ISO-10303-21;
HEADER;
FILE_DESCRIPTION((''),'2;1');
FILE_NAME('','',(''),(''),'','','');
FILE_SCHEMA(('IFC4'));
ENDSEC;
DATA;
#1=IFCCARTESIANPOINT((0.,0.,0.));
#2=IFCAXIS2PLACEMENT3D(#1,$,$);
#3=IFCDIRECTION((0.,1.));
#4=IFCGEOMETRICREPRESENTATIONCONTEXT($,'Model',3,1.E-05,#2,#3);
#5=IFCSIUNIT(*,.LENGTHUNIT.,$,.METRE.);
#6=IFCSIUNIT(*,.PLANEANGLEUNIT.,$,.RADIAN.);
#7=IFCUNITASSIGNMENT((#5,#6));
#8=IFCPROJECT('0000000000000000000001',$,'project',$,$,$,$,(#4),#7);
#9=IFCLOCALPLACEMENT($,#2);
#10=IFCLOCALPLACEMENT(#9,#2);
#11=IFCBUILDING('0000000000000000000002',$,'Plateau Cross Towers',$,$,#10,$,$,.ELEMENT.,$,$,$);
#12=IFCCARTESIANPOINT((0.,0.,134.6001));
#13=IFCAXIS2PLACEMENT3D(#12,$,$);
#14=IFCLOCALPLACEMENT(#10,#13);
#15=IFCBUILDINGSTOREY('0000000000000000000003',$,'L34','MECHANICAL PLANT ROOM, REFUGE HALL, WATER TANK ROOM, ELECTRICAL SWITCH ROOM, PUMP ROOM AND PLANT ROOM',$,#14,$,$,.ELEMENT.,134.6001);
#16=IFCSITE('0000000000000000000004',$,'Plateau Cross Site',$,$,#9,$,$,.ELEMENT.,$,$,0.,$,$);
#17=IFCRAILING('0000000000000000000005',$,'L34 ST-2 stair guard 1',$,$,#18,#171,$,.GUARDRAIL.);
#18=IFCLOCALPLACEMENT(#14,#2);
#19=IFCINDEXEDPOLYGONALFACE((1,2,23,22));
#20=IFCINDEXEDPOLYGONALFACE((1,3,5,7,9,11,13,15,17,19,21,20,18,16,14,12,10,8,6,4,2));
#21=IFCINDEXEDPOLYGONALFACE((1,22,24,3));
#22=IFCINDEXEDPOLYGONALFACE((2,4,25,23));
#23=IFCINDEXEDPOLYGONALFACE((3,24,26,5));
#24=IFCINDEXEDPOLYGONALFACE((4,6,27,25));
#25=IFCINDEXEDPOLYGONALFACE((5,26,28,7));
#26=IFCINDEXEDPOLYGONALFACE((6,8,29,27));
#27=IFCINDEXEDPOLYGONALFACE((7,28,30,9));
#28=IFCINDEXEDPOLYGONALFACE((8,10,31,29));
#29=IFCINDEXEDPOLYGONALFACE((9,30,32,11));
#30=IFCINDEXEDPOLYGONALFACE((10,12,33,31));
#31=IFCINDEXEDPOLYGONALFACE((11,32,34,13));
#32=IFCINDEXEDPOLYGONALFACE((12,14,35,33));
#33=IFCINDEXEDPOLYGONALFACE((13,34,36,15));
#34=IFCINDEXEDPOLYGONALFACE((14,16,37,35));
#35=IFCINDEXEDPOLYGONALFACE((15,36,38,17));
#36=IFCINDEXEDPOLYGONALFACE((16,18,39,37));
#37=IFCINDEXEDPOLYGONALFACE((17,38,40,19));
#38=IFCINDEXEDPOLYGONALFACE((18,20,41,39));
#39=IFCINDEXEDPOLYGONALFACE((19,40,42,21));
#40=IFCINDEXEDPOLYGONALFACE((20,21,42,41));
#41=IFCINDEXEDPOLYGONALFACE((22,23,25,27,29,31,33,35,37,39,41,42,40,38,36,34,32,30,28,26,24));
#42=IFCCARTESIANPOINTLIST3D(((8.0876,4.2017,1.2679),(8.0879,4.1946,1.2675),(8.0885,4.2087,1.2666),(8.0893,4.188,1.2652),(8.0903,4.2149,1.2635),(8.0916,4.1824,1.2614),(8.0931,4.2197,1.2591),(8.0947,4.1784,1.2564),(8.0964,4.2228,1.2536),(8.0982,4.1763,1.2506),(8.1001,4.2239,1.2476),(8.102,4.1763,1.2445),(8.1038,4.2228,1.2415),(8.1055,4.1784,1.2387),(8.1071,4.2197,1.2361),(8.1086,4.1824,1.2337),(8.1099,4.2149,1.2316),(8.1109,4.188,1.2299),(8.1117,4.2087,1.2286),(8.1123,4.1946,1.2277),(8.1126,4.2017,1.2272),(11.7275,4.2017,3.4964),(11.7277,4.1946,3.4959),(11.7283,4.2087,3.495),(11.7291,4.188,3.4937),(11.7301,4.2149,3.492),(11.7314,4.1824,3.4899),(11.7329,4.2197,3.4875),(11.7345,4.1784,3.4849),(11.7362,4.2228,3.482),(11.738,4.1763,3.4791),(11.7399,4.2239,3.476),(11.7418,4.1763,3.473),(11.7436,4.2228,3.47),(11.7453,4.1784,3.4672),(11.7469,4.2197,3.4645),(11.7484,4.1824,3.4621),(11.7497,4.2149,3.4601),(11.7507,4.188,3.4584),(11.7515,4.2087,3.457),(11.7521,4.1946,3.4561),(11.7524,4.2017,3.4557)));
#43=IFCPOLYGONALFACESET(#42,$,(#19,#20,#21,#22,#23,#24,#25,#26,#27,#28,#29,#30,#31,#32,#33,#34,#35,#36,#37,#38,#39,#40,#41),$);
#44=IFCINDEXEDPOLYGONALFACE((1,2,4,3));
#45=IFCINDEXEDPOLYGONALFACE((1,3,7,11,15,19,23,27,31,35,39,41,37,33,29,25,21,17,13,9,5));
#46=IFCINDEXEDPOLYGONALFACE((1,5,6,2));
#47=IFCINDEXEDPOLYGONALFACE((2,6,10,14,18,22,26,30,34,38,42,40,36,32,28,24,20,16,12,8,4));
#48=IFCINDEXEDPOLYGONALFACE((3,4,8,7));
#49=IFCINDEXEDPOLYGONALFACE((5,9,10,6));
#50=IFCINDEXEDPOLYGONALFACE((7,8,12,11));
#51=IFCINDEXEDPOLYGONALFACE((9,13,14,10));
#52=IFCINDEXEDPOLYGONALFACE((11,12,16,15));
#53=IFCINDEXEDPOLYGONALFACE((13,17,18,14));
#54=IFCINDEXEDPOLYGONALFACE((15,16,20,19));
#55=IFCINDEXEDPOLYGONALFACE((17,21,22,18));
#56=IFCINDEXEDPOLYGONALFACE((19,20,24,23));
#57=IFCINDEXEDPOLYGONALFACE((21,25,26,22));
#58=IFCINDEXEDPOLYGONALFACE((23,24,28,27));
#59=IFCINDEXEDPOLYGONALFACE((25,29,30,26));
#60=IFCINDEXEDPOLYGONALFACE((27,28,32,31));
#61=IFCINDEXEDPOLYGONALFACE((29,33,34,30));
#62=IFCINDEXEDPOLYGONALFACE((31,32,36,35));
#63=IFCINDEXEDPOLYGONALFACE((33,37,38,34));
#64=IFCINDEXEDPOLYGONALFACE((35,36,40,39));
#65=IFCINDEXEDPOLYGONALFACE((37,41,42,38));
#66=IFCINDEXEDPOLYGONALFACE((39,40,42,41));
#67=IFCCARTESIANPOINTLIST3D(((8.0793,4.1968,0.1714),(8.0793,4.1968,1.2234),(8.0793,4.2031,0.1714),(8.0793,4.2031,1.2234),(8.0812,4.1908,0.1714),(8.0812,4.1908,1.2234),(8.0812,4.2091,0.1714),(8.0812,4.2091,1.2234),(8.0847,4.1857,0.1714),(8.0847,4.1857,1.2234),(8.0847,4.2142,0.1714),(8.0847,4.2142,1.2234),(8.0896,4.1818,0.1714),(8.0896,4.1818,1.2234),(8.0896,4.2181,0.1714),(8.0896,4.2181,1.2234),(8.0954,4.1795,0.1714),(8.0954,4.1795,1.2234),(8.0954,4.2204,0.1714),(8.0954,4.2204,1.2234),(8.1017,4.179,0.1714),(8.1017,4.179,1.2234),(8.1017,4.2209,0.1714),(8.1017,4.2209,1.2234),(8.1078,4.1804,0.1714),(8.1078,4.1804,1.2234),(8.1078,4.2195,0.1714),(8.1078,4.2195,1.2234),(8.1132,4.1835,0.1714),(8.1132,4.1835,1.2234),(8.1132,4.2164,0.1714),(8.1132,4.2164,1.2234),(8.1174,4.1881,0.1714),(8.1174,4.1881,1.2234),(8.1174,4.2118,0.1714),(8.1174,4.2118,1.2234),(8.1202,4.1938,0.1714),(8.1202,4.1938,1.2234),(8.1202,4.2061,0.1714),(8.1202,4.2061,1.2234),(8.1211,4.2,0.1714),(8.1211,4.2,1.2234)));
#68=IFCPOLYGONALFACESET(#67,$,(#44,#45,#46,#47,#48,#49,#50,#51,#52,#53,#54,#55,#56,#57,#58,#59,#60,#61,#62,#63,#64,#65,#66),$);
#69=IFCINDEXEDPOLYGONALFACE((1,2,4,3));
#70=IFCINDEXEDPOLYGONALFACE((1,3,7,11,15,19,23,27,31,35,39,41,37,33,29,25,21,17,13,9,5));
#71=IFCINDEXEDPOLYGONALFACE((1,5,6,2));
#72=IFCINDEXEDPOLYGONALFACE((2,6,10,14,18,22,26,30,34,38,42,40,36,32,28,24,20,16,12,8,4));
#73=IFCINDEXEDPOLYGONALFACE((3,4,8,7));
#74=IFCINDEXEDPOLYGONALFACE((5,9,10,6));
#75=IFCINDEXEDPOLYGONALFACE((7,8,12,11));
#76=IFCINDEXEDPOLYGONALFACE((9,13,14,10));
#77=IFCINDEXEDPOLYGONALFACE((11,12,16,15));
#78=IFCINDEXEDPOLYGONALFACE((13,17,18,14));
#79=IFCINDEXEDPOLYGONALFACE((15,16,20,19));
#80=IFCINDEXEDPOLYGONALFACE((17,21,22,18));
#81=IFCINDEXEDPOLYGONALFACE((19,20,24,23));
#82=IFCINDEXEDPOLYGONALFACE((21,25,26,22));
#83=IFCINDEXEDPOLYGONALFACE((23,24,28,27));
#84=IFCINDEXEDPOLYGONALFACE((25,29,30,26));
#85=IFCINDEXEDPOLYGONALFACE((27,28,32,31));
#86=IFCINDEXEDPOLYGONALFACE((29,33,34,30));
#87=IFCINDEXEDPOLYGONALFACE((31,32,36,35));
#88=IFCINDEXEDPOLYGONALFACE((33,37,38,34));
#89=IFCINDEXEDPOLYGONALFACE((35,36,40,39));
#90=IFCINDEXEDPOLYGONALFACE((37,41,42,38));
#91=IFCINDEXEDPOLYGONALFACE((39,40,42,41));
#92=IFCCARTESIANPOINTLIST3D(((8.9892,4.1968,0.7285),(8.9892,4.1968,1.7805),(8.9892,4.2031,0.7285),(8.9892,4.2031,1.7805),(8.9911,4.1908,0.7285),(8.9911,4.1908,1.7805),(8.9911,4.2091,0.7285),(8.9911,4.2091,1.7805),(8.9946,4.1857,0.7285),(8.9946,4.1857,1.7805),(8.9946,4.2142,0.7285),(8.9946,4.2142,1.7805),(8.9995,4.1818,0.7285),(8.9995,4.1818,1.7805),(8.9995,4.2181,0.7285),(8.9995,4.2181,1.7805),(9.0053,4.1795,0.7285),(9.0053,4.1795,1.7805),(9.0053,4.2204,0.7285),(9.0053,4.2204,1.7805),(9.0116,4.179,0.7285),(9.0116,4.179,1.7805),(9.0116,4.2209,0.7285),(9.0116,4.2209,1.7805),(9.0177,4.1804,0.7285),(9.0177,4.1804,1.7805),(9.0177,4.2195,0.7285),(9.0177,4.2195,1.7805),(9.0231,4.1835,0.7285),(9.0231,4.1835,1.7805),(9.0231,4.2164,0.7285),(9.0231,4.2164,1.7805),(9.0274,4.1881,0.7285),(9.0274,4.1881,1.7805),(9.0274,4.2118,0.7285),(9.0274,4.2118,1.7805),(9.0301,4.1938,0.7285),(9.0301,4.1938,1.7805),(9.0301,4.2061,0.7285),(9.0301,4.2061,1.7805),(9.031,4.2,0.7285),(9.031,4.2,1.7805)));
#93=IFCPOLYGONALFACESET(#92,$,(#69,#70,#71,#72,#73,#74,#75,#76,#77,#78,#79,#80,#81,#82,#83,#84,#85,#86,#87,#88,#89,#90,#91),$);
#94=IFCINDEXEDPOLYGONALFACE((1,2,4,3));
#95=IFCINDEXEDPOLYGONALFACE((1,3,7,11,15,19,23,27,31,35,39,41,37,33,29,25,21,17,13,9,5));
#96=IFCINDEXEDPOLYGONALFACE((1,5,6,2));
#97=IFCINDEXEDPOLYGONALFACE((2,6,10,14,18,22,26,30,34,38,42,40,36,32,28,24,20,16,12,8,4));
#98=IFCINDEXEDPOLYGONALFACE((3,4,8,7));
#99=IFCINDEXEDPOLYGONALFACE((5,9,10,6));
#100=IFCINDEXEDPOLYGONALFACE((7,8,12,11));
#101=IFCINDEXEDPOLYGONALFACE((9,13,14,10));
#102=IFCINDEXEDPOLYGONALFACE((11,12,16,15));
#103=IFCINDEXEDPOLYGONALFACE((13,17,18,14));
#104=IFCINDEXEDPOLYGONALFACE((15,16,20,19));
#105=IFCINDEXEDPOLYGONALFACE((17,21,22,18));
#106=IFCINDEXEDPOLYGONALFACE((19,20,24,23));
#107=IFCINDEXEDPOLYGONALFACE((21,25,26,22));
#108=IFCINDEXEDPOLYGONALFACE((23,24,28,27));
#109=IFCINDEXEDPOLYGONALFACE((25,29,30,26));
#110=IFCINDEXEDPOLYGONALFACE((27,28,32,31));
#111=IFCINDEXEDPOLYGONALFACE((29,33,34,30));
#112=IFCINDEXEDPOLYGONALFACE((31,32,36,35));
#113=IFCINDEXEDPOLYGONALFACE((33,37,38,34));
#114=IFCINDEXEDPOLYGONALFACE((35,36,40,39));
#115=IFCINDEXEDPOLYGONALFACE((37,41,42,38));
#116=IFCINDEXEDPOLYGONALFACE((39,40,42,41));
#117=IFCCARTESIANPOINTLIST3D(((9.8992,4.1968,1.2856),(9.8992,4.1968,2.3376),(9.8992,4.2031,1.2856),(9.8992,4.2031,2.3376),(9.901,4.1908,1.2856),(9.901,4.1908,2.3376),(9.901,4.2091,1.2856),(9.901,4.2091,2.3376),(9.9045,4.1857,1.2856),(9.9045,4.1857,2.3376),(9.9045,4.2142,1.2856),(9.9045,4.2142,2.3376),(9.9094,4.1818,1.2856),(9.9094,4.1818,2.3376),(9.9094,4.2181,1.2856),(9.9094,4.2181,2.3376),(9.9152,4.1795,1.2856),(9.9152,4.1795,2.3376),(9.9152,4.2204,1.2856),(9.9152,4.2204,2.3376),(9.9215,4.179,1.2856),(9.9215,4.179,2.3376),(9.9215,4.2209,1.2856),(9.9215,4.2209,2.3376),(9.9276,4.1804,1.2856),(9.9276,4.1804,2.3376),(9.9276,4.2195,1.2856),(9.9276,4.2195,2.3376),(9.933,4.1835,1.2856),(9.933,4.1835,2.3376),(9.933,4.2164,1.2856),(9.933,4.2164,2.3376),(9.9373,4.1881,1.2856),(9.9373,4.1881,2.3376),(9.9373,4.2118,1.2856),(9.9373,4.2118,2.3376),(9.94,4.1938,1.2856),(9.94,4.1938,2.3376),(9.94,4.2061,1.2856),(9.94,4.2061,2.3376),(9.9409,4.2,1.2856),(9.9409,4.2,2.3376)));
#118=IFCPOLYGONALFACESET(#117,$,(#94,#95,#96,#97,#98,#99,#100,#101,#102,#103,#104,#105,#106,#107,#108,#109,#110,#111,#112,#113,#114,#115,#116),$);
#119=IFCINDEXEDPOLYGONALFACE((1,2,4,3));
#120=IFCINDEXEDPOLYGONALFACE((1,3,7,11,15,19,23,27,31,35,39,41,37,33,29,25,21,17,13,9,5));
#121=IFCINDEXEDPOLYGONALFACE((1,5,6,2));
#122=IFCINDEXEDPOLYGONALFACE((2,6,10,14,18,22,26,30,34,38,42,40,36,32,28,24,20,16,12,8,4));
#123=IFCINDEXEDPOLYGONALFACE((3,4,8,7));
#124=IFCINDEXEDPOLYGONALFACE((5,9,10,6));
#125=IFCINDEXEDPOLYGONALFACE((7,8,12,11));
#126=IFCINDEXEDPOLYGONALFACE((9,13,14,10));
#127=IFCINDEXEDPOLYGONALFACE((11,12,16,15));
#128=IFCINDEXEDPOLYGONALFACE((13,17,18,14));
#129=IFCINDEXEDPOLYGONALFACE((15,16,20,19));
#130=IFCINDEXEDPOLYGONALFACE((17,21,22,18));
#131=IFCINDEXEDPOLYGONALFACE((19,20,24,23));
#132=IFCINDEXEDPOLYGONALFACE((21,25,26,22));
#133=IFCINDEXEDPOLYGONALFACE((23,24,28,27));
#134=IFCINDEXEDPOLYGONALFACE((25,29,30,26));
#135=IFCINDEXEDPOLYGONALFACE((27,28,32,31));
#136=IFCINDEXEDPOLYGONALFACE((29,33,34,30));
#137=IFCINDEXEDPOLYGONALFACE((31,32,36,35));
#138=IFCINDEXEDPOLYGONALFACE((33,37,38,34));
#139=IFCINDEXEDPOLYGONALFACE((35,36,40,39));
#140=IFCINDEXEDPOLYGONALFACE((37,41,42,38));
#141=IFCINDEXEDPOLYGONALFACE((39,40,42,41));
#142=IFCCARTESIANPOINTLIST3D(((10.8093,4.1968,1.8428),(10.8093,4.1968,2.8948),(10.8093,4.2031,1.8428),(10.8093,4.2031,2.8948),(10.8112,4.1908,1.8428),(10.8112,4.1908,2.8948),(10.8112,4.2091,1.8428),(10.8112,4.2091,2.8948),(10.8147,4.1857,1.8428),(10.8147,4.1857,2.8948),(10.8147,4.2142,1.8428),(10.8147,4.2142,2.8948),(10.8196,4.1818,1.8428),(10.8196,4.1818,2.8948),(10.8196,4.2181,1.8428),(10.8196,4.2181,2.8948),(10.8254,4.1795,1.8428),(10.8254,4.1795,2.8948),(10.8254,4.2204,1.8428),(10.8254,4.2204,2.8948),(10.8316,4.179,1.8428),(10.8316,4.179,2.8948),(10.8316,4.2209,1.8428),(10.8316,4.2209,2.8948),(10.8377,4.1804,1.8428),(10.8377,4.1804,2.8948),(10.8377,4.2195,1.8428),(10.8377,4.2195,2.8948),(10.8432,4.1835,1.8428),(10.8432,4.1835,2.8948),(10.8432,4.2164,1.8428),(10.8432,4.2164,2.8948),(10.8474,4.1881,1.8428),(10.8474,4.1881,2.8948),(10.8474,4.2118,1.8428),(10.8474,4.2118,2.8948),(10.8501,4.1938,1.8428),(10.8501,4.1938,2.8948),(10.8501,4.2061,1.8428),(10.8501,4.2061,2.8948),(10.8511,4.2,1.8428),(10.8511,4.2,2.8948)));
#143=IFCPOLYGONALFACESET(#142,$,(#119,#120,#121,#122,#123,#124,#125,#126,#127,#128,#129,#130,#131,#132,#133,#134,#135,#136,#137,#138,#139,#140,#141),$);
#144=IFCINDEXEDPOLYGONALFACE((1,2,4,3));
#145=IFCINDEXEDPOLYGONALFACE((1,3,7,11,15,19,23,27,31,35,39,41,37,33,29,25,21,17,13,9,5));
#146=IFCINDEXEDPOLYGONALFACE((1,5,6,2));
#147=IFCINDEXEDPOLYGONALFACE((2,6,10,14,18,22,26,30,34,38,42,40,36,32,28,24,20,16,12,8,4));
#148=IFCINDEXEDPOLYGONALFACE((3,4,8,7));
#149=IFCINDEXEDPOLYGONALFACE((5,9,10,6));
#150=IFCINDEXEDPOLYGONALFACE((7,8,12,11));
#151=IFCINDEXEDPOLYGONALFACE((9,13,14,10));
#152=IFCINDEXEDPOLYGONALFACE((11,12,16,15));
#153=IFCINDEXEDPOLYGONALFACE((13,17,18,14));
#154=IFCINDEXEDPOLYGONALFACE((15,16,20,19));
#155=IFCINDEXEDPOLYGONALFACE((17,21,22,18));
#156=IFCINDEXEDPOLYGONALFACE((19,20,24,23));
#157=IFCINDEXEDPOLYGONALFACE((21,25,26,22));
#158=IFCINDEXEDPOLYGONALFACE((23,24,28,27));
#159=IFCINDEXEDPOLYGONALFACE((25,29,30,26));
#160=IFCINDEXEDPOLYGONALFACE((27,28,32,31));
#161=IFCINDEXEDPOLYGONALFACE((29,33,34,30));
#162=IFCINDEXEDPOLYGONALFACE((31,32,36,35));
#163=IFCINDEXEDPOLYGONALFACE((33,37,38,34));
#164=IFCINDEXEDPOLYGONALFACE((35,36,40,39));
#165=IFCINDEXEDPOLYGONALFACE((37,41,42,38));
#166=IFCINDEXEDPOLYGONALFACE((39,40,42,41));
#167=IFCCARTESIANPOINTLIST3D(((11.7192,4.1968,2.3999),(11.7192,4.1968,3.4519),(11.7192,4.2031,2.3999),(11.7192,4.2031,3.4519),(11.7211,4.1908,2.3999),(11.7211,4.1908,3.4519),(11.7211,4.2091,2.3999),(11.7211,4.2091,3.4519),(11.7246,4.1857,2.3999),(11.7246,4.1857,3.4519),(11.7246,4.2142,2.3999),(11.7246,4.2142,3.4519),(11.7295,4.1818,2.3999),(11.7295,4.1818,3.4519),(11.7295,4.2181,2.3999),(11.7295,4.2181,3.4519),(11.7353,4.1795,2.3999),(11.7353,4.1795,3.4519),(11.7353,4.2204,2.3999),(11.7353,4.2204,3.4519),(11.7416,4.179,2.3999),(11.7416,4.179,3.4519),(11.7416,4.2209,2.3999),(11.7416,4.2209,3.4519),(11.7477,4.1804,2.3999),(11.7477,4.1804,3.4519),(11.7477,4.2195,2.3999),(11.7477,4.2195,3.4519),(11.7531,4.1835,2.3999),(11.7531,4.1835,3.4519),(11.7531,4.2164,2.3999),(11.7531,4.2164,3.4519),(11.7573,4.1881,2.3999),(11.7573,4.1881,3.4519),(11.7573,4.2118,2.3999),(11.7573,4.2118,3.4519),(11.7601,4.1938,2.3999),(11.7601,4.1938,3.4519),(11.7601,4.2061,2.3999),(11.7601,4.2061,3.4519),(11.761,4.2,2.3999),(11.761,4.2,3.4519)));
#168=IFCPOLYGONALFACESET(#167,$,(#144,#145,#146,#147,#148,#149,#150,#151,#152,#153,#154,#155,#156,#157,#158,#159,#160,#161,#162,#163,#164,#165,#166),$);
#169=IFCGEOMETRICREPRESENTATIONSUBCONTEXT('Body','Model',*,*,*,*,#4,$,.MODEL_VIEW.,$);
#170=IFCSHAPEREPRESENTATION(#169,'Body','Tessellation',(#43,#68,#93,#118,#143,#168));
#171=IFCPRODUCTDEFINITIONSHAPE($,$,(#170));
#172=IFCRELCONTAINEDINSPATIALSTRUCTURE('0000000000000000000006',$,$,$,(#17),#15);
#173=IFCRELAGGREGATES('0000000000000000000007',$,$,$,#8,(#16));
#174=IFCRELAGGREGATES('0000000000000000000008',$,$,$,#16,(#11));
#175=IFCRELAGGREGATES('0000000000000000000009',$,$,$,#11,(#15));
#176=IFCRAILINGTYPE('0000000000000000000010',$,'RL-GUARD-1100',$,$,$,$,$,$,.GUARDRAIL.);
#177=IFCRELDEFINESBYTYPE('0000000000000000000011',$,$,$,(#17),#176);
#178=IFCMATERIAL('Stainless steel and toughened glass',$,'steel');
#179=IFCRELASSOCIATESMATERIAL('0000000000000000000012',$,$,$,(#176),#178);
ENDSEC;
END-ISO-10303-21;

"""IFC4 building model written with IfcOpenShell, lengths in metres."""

from ifc_helpers import new_model, si_unit, direction, frame, origin, origin_2d, place, context, subcontext, project, spatial, circle, extrude, material, type_object, element, save


model = new_model("IFC4")

# Units and contexts
model_context = context("Model", 3, precision=1e-05, world=origin(), true_north=direction((0.0, 1.0)))
body_context = subcontext(model_context, "Body", "Model", "MODEL_VIEW")
ifc_project = project(units=[si_unit("LENGTHUNIT", "METRE"), si_unit("PLANEANGLEUNIT", "RADIAN")], contexts=[model_context])

# Site, building, storey
site_placement = place(None, origin())
site = spatial("IfcSite", under=ifc_project, at=site_placement, Name="Plateau Cross Site", CompositionType="ELEMENT", RefElevation=0.0)
building_placement = place(site_placement, origin())
building = spatial("IfcBuilding", under=site, at=building_placement, Name="Plateau Cross Towers", CompositionType="ELEMENT")
storey_placement = place(building_placement, frame((0.0, 0.0, 134.6001)))
storey = spatial("IfcBuildingStorey", under=building, at=storey_placement, Name="L34", Description="MECHANICAL PLANT ROOM, REFUGE HALL, WATER TANK ROOM, ELECTRICAL SWITCH ROOM, PUMP ROOM AND PLANT ROOM", CompositionType="ELEMENT", Elevation=134.6001)

# Railing
ifc_material_1 = material(Name="Stainless steel and toughened glass", Category="steel")
railing_type_1 = type_object("IfcRailingType", Name="RL-GUARD-1100", PredefinedType="GUARDRAIL", material=ifc_material_1)
railing_1_placement = place(storey_placement, frame((8.1001, 4.2, 0.1714)))
element("IfcRailing", 1, at=railing_1_placement, inside=storey, type_object=railing_type_1, Name="L34 ST-2 stair guard 1", PredefinedType="GUARDRAIL", context=body_context, shape_type="SweptSolid", body=[
    extrude(circle(Radius=0.0239, at=origin_2d()), frame((0.0, 0.0, 1.0762), z_axis=(0.85285, 0.0, 0.522156), x_axis=(0.0, 1.0, 0.0)), (0.0, 0.0, 1.0), 4.2678),
    extrude(circle(Radius=0.021, at=origin_2d()), origin(), (0.0, 0.0, 1.0), 1.052),
    extrude(circle(Radius=0.021, at=origin_2d()), frame((0.9099, 0.0, 0.5571)), (0.0, 0.0, 1.0), 1.052),
    extrude(circle(Radius=0.021, at=origin_2d()), frame((1.8198, 0.0, 1.1143)), (0.0, 0.0, 1.0), 1.052),
    extrude(circle(Radius=0.021, at=origin_2d()), frame((2.73, 0.0, 1.6714)), (0.0, 0.0, 1.0), 1.052),
    extrude(circle(Radius=0.021, at=origin_2d()), frame((3.6399, 0.0, 2.2285)), (0.0, 0.0, 1.0), 1.052),
])

save(model, "model.ifc")
